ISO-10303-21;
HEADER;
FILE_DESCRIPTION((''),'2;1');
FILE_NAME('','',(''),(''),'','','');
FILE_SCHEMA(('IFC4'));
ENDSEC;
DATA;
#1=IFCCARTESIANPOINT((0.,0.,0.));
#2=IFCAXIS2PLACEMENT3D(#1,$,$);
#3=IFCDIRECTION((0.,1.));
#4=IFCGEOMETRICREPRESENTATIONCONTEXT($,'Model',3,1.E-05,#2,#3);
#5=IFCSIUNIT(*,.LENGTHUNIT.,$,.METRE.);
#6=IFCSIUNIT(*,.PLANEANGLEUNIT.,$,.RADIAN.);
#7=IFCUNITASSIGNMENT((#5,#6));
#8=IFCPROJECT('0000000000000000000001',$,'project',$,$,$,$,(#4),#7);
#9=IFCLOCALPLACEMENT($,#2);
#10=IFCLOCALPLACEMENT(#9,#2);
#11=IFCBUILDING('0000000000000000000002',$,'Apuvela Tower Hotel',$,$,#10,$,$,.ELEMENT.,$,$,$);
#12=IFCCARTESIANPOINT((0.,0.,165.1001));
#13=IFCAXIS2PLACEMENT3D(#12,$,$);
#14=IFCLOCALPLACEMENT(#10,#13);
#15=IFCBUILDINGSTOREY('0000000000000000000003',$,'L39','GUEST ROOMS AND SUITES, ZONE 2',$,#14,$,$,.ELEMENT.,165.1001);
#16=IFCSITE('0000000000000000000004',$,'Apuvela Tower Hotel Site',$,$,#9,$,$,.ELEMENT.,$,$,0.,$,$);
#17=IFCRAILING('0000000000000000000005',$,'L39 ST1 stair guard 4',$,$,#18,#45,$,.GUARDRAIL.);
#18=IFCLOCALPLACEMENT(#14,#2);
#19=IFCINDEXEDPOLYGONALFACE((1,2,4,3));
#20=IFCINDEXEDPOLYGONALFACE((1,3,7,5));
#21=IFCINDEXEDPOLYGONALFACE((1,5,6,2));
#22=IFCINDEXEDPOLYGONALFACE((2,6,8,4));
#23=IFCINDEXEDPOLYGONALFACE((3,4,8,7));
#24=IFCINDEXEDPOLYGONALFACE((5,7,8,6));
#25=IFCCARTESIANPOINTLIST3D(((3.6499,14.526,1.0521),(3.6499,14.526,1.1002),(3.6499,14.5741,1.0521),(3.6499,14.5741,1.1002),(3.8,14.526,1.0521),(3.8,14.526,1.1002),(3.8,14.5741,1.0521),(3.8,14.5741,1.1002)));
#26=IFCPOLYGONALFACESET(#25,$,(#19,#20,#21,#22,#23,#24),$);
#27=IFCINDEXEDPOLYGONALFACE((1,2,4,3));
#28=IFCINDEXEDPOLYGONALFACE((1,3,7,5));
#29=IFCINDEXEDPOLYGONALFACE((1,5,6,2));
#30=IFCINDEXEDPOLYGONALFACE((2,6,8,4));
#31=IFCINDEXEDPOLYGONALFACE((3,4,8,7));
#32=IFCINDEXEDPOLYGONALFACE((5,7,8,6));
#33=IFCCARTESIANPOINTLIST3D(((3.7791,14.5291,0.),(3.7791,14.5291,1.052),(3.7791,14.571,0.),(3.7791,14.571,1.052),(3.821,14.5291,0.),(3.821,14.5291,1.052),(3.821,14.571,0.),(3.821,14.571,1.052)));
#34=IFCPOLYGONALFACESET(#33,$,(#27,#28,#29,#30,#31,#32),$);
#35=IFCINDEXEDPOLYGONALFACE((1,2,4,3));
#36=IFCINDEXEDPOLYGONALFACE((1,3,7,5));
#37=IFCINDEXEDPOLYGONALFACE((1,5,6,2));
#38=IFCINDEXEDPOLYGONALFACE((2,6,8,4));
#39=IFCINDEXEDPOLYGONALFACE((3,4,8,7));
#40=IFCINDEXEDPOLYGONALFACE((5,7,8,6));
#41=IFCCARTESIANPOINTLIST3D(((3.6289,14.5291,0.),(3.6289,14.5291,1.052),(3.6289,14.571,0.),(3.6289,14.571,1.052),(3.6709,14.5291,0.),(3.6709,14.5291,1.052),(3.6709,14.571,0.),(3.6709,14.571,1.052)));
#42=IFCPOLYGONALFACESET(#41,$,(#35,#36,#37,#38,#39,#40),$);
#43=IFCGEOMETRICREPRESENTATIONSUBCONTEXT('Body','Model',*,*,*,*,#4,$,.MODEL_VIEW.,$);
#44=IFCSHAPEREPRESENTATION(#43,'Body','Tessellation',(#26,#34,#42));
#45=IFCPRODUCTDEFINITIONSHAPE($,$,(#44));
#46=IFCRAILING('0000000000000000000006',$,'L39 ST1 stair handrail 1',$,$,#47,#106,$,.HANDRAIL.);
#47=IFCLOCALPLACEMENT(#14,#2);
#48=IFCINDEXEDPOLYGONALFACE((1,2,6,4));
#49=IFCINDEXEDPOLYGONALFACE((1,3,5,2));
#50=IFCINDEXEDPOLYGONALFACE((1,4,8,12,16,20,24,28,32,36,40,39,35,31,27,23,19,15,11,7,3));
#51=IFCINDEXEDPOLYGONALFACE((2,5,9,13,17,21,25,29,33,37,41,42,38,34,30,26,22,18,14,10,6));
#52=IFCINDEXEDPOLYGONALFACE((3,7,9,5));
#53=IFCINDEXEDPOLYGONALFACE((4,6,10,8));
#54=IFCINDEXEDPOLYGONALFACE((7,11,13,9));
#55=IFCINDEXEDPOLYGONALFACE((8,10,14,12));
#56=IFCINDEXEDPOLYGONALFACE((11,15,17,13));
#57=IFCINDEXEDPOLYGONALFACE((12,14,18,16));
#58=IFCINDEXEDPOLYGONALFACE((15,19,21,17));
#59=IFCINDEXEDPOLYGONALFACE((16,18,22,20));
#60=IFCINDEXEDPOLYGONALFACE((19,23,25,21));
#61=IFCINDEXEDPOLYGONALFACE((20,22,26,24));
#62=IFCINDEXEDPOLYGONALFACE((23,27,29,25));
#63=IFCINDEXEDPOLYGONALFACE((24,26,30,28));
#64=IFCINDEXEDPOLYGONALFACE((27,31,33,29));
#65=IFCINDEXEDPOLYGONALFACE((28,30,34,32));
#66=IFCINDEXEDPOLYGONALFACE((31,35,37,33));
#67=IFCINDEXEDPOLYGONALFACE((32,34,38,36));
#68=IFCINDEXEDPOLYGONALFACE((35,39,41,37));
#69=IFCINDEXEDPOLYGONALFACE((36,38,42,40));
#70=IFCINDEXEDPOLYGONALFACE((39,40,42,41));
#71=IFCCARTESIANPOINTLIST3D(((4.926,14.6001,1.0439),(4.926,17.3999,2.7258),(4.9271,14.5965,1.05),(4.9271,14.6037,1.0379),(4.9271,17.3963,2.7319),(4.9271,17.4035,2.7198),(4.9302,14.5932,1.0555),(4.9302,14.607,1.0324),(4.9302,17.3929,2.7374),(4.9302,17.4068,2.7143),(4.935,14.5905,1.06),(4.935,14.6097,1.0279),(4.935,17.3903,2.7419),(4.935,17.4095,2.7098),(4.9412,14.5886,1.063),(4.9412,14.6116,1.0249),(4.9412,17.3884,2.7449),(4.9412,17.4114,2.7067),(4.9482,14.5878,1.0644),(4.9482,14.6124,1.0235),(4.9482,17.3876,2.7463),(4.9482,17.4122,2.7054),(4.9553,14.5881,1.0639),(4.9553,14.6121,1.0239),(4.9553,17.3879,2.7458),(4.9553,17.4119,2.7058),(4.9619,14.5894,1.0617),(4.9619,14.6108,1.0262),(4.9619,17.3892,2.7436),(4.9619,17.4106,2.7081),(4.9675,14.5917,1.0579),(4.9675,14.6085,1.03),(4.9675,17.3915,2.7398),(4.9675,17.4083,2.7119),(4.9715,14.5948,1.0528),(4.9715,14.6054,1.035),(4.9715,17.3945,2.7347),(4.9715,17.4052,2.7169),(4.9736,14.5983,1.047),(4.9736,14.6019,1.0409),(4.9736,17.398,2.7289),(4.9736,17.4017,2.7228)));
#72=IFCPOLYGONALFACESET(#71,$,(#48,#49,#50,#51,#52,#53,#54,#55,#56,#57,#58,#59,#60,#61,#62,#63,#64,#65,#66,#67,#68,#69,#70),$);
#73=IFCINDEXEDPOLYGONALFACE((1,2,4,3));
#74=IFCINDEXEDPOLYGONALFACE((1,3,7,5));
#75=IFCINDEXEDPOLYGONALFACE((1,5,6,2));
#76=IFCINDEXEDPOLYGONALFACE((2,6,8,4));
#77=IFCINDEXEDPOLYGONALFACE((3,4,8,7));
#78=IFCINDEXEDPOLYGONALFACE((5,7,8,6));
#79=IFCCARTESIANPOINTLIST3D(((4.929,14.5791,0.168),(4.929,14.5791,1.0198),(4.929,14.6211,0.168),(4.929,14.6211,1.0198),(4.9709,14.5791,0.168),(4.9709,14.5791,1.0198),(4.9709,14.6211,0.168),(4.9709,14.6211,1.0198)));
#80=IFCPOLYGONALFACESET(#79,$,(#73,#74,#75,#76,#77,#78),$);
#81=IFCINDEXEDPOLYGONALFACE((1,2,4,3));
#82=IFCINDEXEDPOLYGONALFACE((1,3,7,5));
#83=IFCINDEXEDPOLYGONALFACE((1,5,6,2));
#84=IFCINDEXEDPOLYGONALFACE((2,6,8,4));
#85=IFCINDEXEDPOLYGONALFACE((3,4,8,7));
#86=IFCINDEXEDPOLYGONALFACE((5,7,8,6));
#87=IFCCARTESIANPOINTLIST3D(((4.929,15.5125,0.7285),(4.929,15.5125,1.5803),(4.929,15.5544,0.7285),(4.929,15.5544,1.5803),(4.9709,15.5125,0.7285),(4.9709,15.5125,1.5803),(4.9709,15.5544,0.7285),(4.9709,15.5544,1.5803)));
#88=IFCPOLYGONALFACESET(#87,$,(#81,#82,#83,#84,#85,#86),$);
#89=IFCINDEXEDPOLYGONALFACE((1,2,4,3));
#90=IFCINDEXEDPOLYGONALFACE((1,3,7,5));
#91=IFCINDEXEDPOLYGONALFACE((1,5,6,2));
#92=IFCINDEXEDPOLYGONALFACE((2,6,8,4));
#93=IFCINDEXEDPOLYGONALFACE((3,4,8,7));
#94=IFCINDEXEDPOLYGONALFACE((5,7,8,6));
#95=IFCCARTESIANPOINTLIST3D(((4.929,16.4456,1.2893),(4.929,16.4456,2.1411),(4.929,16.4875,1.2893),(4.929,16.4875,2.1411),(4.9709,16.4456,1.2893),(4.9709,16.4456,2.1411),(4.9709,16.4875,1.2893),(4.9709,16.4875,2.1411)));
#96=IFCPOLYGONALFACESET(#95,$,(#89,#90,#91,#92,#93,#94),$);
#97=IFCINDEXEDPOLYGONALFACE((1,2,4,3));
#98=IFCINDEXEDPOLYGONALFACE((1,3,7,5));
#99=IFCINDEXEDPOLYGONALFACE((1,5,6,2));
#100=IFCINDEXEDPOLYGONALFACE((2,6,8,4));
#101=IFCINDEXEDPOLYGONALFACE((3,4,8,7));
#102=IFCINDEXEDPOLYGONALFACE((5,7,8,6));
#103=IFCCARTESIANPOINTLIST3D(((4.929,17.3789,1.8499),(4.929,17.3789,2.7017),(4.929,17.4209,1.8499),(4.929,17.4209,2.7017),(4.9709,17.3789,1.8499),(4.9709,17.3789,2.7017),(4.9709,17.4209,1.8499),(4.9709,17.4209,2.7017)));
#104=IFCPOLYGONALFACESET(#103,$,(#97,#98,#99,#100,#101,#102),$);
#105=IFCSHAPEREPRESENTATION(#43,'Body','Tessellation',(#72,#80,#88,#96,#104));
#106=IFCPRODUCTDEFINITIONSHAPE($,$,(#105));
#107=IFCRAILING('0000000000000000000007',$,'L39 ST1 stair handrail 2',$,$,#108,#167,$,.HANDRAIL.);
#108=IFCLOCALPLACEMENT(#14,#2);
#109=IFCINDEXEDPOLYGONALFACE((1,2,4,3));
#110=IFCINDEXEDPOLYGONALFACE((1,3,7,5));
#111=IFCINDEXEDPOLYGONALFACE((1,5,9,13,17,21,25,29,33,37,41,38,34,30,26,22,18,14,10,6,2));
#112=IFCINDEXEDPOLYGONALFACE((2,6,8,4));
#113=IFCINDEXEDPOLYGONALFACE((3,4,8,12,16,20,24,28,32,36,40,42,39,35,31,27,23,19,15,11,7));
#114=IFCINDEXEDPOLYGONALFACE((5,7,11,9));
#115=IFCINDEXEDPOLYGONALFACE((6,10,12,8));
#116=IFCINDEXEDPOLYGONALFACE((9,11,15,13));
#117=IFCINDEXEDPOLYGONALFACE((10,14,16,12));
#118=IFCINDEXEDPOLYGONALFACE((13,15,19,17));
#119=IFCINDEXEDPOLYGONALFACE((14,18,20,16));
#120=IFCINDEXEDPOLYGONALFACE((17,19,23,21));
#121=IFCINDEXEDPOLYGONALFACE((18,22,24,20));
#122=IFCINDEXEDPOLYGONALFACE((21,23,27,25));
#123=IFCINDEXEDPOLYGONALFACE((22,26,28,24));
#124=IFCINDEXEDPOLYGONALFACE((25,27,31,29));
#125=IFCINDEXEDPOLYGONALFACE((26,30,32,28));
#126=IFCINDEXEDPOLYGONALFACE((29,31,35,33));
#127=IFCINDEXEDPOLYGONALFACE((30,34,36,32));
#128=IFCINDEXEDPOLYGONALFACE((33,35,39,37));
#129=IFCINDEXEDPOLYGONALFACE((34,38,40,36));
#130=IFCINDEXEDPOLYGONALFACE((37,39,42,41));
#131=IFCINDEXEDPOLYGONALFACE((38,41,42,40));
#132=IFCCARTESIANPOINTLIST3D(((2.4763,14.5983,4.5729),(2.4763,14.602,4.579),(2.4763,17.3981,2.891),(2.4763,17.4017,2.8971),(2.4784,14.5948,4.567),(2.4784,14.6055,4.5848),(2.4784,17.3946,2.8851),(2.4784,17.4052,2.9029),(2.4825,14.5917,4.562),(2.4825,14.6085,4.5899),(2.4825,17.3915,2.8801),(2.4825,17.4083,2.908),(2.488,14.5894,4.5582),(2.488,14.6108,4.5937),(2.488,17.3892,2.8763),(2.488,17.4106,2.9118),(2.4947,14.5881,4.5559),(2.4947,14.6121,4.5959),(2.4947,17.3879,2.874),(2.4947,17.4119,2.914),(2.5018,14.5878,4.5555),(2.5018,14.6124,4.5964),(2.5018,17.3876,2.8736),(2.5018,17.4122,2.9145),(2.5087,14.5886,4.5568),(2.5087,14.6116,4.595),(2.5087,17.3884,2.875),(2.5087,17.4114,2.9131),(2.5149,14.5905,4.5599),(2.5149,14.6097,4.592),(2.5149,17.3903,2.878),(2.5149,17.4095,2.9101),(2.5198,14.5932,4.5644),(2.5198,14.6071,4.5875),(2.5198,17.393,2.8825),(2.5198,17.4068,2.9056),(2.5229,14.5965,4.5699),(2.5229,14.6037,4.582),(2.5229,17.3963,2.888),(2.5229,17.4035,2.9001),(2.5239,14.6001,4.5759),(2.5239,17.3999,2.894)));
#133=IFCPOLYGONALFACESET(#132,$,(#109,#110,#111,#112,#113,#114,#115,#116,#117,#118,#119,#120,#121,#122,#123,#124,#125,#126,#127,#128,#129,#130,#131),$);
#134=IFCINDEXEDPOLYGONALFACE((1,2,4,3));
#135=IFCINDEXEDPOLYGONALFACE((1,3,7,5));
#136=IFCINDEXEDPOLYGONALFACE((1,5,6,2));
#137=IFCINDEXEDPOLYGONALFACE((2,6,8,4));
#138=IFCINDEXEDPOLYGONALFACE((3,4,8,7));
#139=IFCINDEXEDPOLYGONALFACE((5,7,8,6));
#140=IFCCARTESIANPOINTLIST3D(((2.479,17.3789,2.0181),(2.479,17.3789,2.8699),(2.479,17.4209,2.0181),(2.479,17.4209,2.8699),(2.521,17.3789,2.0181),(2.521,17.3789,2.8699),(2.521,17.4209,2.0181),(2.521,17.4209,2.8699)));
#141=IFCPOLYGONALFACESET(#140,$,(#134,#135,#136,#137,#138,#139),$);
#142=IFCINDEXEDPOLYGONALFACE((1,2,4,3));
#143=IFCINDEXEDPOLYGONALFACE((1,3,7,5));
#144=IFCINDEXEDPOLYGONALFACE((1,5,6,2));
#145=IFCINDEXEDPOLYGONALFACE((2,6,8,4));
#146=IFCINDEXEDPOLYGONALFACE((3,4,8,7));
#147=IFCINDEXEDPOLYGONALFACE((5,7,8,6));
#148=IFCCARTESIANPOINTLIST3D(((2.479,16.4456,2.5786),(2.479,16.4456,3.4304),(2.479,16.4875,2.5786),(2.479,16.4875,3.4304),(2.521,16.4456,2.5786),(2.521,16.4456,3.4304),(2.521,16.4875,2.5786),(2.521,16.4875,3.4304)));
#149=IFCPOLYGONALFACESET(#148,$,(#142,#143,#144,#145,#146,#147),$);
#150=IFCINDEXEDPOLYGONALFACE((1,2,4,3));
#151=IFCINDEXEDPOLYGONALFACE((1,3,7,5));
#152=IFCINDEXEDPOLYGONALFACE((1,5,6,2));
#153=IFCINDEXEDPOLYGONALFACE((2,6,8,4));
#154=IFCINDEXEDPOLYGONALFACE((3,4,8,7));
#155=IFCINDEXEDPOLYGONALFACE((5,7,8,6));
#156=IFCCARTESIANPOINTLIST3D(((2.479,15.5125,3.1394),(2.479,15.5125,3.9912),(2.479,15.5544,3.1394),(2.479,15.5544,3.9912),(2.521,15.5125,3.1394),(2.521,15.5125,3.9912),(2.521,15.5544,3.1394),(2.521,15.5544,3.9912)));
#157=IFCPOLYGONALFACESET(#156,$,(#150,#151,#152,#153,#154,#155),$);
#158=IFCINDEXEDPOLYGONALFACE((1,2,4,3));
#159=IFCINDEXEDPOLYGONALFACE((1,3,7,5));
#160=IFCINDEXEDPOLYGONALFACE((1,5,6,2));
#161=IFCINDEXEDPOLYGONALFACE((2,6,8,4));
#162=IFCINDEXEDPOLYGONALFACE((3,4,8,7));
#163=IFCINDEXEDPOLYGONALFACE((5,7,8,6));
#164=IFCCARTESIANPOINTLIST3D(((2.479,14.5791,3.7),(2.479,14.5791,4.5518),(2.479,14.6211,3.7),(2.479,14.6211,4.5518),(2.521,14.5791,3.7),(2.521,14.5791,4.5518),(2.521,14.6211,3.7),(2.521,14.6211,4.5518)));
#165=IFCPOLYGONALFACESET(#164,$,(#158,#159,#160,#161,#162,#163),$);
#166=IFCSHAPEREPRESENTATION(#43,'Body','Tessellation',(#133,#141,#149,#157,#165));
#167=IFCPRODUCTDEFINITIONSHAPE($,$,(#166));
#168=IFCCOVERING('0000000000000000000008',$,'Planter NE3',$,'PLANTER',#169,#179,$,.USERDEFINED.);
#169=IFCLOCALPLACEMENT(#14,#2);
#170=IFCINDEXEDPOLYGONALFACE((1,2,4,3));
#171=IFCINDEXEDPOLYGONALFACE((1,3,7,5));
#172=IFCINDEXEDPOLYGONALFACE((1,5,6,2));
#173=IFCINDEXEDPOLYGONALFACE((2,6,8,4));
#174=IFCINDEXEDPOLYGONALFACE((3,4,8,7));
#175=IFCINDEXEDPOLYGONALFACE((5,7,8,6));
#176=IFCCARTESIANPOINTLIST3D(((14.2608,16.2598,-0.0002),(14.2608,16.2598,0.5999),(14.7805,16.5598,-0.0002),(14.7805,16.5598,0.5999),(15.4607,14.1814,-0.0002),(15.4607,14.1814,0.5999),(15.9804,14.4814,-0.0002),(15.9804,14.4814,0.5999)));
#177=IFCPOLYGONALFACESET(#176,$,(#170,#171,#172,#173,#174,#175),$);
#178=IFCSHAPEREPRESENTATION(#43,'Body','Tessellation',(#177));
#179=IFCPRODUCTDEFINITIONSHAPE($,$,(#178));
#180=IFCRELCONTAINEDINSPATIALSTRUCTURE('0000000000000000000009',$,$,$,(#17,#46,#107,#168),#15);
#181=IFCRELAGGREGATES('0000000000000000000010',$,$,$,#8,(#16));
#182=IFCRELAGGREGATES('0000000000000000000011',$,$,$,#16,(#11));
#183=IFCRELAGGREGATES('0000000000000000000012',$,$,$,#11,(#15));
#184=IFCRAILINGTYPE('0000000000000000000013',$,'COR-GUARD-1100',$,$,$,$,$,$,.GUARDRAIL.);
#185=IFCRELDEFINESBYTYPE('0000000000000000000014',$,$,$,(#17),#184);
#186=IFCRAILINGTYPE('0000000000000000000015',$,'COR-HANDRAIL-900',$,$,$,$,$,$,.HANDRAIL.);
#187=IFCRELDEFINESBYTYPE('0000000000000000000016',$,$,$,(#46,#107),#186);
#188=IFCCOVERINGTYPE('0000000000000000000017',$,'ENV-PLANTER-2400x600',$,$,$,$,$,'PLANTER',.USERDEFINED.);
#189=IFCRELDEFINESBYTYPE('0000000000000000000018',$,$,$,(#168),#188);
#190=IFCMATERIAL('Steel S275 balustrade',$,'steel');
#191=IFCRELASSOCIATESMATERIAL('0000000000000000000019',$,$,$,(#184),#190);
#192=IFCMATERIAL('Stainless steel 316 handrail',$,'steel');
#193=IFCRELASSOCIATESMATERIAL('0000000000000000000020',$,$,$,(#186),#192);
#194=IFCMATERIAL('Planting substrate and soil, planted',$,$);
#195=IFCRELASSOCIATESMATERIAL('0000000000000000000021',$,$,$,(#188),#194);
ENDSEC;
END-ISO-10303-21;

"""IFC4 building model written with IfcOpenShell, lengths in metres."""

from ifc_helpers import new_model, si_unit, direction, frame, origin, origin_2d, place, context, subcontext, project, spatial, rectangle, circle, extrude, material, type_object, element, save


model = new_model("IFC4")

# Units and contexts
model_context = context("Model", 3, precision=1e-05, world=origin(), true_north=direction((0.0, 1.0)))
body_context = subcontext(model_context, "Body", "Model", "MODEL_VIEW")
ifc_project = project(units=[si_unit("LENGTHUNIT", "METRE"), si_unit("PLANEANGLEUNIT", "RADIAN")], contexts=[model_context])

# Site, building, storey
site_placement = place(None, origin())
site = spatial("IfcSite", under=ifc_project, at=site_placement, Name="Apuvela Tower Hotel Site", CompositionType="ELEMENT", RefElevation=0.0)
building_placement = place(site_placement, origin())
building = spatial("IfcBuilding", under=site, at=building_placement, Name="Apuvela Tower Hotel", CompositionType="ELEMENT")
storey_placement = place(building_placement, frame((0.0, 0.0, 165.1001)))
storey = spatial("IfcBuildingStorey", under=building, at=storey_placement, Name="L39", Description="GUEST ROOMS AND SUITES, ZONE 2", CompositionType="ELEMENT", Elevation=165.1001)

# Railings
ifc_material_1 = material(Name="Steel S275 balustrade", Category="steel")
railing_type_1 = type_object("IfcRailingType", Name="COR-GUARD-1100", PredefinedType="GUARDRAIL", material=ifc_material_1)
railing_1_placement = place(storey_placement, frame((3.8, 14.55, 0.0)))
element("IfcRailing", 1, at=railing_1_placement, inside=storey, type_object=railing_type_1, Name="L39 ST1 stair guard 4", PredefinedType="GUARDRAIL", context=body_context, shape_type="SweptSolid", body=[
    extrude(rectangle(XDim=0.0481, YDim=0.0481, at=origin_2d()), frame((0.0, 0.0, 1.0762), z_axis=(-1.0, 0.0, 0.0), x_axis=(0.0, -1.0, 0.0)), (0.0, 0.0, 1.0), 0.1501),
    extrude(rectangle(XDim=0.042, YDim=0.042, at=origin_2d()), origin(), (0.0, 0.0, 1.0), 1.052),
    extrude(rectangle(XDim=0.042, YDim=0.042, at=origin_2d()), frame((-0.1501, 0.0, 0.0)), (0.0, 0.0, 1.0), 1.052),
])
ifc_material_2 = material(Name="Stainless steel 316 handrail", Category="steel")
railing_type_2 = type_object("IfcRailingType", Name="COR-HANDRAIL-900", PredefinedType="HANDRAIL", material=ifc_material_2)
railing_2_placement = place(storey_placement, frame((4.95, 14.6001, 0.168)))
element("IfcRailing", 2, at=railing_2_placement, inside=storey, type_object=railing_type_2, Name="L39 ST1 stair handrail 1", PredefinedType="HANDRAIL", context=body_context, shape_type="SweptSolid", body=[
    extrude(circle(Radius=0.0239, at=origin_2d()), frame((0.0, 0.0, 0.876), z_axis=(0.0, 0.857222, 0.514946), x_axis=(-1.0, 0.0, 0.0)), (0.0, 0.0, 1.0), 3.2661),
    extrude(rectangle(XDim=0.042, YDim=0.042, at=origin_2d()), origin(), (0.0, 0.0, 1.0), 0.8518),
    extrude(rectangle(XDim=0.042, YDim=0.042, at=origin_2d()), frame((0.0, 0.9333, 0.5605)), (0.0, 0.0, 1.0), 0.8518),
    extrude(rectangle(XDim=0.042, YDim=0.042, at=origin_2d()), frame((0.0, 1.8665, 1.1213)), (0.0, 0.0, 1.0), 0.8518),
    extrude(rectangle(XDim=0.042, YDim=0.042, at=origin_2d()), frame((0.0, 2.7998, 1.6819)), (0.0, 0.0, 1.0), 0.8518),
])
railing_3_placement = place(storey_placement, frame((2.5, 17.3999, 2.0181)))
element("IfcRailing", 3, at=railing_3_placement, inside=storey, type_object=railing_type_2, Name="L39 ST1 stair handrail 2", PredefinedType="HANDRAIL", context=body_context, shape_type="SweptSolid", body=[
    extrude(circle(Radius=0.0239, at=origin_2d()), frame((0.0, 0.0, 0.876), z_axis=(0.0, -0.857222, 0.514946), x_axis=(1.0, 0.0, 0.0)), (0.0, 0.0, 1.0), 3.2661),
    extrude(rectangle(XDim=0.042, YDim=0.042, at=origin_2d()), origin(), (0.0, 0.0, 1.0), 0.8518),
    extrude(rectangle(XDim=0.042, YDim=0.042, at=origin_2d()), frame((0.0, -0.9333, 0.5605)), (0.0, 0.0, 1.0), 0.8518),
    extrude(rectangle(XDim=0.042, YDim=0.042, at=origin_2d()), frame((0.0, -1.8665, 1.1213)), (0.0, 0.0, 1.0), 0.8518),
    extrude(rectangle(XDim=0.042, YDim=0.042, at=origin_2d()), frame((0.0, -2.7998, 1.6819)), (0.0, 0.0, 1.0), 0.8518),
])

# Covering
ifc_material_3 = material(Name="Planting substrate and soil, planted")
covering_type = type_object("IfcCoveringType", Name="ENV-PLANTER-2400x600", ElementType="PLANTER", PredefinedType="USERDEFINED", material=ifc_material_3)
covering_placement = place(storey_placement, frame((15.1206, 15.3706, -0.0002), z_axis=(0.0, 0.0, 1.0), x_axis=(-0.5, 0.866025, 0.0)))
element("IfcCovering", 4, at=covering_placement, inside=storey, type_object=covering_type, Name="Planter NE3", ObjectType="PLANTER", PredefinedType="USERDEFINED", context=body_context, shape_type="SweptSolid", body=[
    extrude(rectangle(XDim=2.3999, YDim=0.6001, at=origin_2d()), origin(), (0.0, 0.0, 1.0), 0.6001),
])

save(model, "model.ifc")
